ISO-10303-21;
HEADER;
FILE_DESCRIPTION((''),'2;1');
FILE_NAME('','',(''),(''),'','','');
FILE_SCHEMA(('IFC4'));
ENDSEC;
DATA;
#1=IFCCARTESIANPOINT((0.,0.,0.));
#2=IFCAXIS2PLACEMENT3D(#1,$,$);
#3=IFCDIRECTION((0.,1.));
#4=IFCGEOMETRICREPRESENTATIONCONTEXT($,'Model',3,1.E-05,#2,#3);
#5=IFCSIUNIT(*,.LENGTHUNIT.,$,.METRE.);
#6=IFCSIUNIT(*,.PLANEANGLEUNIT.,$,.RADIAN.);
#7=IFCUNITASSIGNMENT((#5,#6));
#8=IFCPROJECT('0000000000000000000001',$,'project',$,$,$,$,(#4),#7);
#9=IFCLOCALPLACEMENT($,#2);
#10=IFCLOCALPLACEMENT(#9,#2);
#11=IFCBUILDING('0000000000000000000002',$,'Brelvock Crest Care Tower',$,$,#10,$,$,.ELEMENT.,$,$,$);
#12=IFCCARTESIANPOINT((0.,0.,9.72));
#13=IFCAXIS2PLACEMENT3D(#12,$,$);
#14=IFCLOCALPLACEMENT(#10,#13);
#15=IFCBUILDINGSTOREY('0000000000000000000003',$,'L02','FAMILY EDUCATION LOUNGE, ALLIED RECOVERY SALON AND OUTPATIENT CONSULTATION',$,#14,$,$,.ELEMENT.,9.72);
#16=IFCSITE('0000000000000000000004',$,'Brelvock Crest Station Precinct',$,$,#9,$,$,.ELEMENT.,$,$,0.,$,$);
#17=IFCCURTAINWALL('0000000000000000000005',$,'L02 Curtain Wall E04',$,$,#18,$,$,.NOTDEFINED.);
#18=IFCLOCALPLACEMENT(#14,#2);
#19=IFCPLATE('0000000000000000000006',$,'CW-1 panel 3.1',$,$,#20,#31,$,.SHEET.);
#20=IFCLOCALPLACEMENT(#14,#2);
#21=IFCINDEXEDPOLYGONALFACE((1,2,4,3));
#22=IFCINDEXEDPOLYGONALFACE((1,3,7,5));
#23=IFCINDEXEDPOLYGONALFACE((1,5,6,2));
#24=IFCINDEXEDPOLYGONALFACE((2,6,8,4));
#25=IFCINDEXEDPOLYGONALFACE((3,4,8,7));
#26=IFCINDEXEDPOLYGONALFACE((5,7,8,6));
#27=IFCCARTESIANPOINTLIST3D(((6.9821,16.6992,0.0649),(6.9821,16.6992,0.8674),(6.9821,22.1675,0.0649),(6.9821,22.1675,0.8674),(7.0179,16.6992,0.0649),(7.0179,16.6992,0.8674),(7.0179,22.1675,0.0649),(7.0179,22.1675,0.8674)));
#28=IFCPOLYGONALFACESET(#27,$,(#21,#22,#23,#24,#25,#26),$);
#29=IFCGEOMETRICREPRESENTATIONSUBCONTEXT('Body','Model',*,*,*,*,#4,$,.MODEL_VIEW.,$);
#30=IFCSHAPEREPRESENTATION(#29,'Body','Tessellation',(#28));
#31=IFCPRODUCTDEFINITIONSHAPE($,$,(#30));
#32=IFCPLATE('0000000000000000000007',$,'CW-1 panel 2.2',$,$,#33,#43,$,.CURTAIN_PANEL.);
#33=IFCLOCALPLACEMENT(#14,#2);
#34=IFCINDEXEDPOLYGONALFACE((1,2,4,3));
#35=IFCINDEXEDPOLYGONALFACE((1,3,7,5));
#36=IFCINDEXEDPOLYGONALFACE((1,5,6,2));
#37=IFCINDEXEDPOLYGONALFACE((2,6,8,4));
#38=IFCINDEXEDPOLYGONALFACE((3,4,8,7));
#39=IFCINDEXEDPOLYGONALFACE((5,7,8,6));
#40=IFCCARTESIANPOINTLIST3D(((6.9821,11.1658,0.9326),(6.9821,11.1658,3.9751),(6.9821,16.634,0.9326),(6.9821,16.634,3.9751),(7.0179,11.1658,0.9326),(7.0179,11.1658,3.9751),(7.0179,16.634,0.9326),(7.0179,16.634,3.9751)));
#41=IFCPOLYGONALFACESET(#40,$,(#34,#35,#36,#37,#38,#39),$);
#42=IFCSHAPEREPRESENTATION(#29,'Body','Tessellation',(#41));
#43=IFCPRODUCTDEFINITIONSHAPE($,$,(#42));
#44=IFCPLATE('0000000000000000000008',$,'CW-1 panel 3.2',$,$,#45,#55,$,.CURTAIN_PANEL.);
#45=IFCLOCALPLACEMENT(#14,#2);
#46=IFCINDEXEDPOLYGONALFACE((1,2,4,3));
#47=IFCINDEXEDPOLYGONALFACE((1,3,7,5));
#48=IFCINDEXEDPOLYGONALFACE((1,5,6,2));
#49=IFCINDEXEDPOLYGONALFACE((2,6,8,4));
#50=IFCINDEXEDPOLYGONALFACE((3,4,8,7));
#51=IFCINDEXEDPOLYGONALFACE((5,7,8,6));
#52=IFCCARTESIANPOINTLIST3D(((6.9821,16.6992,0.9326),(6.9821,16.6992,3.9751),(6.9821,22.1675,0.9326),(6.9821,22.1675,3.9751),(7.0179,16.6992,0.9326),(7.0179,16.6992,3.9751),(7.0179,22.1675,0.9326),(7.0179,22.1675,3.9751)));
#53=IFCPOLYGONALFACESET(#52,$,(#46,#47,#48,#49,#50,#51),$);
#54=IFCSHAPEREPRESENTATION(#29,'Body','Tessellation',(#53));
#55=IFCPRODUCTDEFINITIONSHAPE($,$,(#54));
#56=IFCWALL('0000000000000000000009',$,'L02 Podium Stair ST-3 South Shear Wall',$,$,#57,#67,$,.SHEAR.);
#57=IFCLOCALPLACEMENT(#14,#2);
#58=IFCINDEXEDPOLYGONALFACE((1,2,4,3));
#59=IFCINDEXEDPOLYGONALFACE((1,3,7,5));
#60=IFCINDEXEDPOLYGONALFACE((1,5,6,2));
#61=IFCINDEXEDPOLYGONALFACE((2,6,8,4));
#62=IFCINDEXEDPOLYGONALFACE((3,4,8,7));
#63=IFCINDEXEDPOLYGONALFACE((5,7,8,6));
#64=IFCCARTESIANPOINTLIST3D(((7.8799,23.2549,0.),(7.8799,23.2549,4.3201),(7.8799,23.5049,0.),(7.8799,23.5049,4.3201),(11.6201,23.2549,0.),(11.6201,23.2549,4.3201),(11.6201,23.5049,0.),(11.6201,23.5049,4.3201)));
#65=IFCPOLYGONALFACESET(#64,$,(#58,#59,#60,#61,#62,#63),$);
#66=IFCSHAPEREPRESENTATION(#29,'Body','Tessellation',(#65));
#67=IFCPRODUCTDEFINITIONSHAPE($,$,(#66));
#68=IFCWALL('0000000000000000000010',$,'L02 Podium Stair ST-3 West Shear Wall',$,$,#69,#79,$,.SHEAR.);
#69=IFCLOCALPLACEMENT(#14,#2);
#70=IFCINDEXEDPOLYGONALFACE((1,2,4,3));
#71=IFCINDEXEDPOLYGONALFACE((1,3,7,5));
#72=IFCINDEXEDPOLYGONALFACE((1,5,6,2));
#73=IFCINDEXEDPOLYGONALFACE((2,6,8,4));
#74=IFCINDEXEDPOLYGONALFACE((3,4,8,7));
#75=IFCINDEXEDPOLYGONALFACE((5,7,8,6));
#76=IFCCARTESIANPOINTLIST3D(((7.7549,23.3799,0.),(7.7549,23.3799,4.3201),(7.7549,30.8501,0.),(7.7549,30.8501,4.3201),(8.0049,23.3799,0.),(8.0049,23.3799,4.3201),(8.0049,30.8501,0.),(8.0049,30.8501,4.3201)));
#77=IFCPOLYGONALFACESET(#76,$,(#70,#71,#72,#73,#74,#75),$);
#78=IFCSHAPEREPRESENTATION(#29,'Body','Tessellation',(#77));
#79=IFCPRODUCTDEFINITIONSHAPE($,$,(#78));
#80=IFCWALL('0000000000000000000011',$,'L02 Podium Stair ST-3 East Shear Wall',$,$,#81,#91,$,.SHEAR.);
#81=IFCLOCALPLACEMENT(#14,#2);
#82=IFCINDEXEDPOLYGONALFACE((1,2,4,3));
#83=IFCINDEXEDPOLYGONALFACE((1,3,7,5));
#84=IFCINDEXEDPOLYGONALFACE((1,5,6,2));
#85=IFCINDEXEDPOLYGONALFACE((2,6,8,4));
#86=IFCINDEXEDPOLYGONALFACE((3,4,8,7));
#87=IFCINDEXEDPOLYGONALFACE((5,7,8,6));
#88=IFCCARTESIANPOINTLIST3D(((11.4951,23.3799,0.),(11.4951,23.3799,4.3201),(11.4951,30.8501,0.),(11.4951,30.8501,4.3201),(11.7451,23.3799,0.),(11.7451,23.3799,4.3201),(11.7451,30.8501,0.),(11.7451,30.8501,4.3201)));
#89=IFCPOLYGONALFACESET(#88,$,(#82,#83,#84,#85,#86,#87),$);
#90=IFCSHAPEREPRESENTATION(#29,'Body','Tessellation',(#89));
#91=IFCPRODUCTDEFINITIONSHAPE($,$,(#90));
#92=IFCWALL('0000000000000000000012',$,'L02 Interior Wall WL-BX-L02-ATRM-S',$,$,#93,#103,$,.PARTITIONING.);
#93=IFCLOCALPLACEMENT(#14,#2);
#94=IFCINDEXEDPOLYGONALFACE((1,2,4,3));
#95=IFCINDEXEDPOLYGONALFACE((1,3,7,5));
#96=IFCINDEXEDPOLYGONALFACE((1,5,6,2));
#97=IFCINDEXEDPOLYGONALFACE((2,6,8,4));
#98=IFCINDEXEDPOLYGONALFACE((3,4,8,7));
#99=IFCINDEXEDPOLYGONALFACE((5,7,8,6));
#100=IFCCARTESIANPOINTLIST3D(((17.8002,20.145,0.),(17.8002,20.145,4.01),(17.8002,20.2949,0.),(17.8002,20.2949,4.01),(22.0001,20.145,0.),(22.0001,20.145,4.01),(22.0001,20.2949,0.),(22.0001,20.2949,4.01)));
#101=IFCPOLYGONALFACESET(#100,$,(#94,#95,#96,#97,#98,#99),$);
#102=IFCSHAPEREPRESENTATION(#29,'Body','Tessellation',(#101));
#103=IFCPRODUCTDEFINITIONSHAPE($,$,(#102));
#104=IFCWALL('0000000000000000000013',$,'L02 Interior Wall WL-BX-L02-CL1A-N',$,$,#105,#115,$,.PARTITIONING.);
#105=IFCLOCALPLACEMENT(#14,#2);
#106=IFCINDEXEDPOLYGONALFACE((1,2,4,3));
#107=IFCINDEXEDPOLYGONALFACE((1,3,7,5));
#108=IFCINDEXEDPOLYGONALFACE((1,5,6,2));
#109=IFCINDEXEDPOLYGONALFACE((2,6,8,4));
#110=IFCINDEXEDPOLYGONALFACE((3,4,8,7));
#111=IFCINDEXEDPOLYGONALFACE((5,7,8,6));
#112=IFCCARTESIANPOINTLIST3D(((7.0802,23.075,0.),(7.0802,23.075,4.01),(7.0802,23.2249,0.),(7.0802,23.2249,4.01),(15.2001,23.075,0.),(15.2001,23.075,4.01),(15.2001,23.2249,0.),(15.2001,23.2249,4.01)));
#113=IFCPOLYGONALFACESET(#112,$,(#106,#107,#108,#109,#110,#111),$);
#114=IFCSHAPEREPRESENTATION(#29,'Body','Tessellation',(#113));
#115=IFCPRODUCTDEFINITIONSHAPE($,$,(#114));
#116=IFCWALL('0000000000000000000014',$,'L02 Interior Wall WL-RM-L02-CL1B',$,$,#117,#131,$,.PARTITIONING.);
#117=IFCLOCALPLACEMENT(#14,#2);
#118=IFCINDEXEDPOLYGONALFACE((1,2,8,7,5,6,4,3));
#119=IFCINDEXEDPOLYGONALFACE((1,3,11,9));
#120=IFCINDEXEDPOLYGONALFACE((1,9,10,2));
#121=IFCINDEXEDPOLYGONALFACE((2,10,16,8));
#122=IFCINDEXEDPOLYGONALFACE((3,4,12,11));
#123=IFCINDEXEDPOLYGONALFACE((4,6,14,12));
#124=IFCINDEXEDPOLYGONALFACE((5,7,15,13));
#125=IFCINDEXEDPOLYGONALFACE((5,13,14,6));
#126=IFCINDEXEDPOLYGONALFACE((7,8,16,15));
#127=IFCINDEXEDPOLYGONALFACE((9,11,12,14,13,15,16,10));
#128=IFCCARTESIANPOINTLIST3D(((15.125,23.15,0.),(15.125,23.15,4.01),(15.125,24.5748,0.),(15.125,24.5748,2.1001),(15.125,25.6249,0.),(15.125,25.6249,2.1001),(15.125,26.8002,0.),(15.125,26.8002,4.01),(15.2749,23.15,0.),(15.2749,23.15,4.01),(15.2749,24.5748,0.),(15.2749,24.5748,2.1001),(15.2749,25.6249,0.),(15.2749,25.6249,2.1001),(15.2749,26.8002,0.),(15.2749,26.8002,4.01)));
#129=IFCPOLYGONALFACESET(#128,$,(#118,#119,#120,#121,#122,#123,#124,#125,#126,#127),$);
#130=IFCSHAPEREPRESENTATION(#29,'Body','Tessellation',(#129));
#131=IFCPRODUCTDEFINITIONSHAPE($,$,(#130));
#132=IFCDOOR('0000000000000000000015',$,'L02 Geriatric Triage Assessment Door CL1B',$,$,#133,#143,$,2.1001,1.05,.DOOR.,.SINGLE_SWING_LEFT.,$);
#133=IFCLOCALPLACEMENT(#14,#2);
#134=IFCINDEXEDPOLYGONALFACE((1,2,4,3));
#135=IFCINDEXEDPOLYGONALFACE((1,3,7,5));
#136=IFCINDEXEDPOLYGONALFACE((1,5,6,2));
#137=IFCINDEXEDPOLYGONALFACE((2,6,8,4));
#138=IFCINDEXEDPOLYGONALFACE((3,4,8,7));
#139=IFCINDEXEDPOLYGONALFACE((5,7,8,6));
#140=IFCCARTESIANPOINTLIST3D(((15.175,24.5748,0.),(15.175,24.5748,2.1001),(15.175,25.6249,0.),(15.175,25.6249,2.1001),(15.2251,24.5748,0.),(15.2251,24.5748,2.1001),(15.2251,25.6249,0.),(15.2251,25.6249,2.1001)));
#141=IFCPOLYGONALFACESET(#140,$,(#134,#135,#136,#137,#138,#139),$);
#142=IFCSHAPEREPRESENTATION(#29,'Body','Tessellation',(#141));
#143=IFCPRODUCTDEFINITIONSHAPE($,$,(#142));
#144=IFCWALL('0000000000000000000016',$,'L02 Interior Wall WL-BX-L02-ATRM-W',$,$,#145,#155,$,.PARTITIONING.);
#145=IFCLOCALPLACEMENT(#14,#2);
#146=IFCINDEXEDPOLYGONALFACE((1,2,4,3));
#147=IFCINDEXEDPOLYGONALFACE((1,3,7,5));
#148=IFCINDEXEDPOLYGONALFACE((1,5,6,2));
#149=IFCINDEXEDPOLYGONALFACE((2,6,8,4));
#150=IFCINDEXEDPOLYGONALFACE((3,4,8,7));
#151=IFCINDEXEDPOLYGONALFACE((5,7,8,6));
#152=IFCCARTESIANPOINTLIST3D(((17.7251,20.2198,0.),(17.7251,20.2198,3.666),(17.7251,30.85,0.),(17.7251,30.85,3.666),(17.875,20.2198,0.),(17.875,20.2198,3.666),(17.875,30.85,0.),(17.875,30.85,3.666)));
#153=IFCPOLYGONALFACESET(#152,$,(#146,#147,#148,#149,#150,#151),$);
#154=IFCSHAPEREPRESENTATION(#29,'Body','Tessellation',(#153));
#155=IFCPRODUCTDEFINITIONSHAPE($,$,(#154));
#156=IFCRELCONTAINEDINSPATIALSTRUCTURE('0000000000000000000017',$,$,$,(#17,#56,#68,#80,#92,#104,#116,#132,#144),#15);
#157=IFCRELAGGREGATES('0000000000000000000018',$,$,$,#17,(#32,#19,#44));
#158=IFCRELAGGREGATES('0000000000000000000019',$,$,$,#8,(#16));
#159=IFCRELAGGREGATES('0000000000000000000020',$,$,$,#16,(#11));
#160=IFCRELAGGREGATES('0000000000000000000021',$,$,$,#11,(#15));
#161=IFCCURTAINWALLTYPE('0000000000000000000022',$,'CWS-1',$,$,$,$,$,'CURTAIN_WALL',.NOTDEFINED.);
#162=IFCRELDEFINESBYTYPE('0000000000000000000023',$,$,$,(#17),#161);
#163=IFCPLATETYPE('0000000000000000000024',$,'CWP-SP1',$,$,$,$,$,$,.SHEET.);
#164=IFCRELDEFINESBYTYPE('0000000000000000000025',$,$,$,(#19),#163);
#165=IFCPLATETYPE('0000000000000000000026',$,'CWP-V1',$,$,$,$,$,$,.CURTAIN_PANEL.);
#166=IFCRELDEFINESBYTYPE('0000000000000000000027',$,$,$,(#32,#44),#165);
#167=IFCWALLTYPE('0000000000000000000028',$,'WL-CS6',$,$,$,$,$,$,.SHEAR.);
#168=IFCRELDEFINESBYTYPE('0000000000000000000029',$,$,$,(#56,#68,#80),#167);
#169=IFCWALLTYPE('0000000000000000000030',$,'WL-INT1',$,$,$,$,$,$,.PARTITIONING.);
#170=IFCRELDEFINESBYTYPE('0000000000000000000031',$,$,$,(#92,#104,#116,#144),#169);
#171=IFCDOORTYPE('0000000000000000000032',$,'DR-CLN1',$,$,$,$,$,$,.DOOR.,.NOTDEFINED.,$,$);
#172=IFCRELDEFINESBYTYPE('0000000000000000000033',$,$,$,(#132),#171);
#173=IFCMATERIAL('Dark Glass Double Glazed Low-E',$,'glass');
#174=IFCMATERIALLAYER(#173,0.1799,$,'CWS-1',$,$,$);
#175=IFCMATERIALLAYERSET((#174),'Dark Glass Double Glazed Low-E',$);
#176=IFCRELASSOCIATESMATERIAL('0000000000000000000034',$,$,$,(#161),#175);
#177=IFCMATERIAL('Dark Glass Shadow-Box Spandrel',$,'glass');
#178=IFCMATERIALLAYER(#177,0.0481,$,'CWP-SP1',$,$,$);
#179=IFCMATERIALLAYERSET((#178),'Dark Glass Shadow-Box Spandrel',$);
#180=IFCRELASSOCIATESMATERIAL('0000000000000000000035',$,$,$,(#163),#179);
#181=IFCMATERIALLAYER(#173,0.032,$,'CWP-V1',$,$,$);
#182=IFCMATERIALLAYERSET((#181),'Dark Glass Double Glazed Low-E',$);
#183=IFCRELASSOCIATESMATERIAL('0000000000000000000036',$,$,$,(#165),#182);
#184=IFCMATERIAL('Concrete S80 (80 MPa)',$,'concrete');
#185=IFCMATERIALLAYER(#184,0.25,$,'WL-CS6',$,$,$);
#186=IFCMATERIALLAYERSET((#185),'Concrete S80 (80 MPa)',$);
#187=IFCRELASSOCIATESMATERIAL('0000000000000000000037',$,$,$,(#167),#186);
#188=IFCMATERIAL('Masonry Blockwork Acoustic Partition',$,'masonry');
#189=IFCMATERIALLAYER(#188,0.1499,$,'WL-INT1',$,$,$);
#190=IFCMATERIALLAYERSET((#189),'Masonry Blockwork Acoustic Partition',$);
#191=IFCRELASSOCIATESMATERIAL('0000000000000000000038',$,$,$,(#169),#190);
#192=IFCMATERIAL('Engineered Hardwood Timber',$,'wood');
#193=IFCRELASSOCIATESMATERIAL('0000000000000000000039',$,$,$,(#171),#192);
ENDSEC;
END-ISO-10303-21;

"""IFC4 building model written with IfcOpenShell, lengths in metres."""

from ifc_helpers import new_model, si_unit, direction, frame, frame_2d, origin, origin_2d, place, context, subcontext, project, spatial, rectangle, extrude, source, transform, mapped, material, layer, layer_set, type_object, element, fill, aggregate, save


model = new_model("IFC4")

# Units and contexts
model_context = context("Model", 3, precision=1e-05, world=origin(), true_north=direction((0.0, 1.0)))
body_context = subcontext(model_context, "Body", "Model", "MODEL_VIEW")
ifc_project = project(units=[si_unit("LENGTHUNIT", "METRE"), si_unit("PLANEANGLEUNIT", "RADIAN")], contexts=[model_context])

# Site, building, storey
site_placement = place(None, origin())
site = spatial("IfcSite", under=ifc_project, at=site_placement, Name="Brelvock Crest Station Precinct", CompositionType="ELEMENT", RefElevation=0.0)
building_placement = place(site_placement, origin())
building = spatial("IfcBuilding", under=site, at=building_placement, Name="Brelvock Crest Care Tower", CompositionType="ELEMENT")
storey_placement = place(building_placement, frame((0.0, 0.0, 9.72)))
storey = spatial("IfcBuildingStorey", under=building, at=storey_placement, Name="L02", Description="FAMILY EDUCATION LOUNGE, ALLIED RECOVERY SALON AND OUTPATIENT CONSULTATION", CompositionType="ELEMENT", Elevation=9.72)

# Curtain wall, plates
ifc_material_1 = material(Name="Dark Glass Double Glazed Low-E", Category="glass")
ifc_layer_1 = layer(ifc_material_1, 0.1799, Name="CWS-1")
ifc_layer_set_1 = layer_set([ifc_layer_1], Name="Dark Glass Double Glazed Low-E")
curtain_wall_type = type_object("IfcCurtainWallType", Name="CWS-1", ElementType="CURTAIN_WALL", PredefinedType="NOTDEFINED", material=ifc_layer_set_1)
curtain_wall_placement = place(storey_placement, origin())
curtain_wall = element("IfcCurtainWall", 1, at=curtain_wall_placement, inside=storey, type_object=curtain_wall_type, Name="L02 Curtain Wall E04", PredefinedType="NOTDEFINED")
ifc_material_2 = material(Name="Dark Glass Shadow-Box Spandrel", Category="glass")
ifc_layer_2 = layer(ifc_material_2, 0.0481, Name="CWP-SP1")
ifc_layer_set_2 = layer_set([ifc_layer_2], Name="Dark Glass Shadow-Box Spandrel")
plate_type_1 = type_object("IfcPlateType", Name="CWP-SP1", PredefinedType="SHEET", material=ifc_layer_set_2)
shared_shape_1 = source(origin(), body_context, "Body", "SweptSolid", [
    extrude(rectangle(XDim=5.4683, YDim=0.0359, at=origin_2d()), origin(), (0.0, 0.0, 1.0), 0.8025),
])
plate_1_placement = place(storey_placement, frame((7.0, 19.4333, 0.0649), z_axis=(0.0, 0.0, 1.0), x_axis=(0.0, 1.0, 0.0)))
plate_1 = element("IfcPlate", 2, at=plate_1_placement, type_object=plate_type_1, Name="CW-1 panel 3.1", PredefinedType="SHEET", context=body_context, shape_type="MappedRepresentation", body=[
    mapped(shared_shape_1, transform((0.0, 0.0, 0.0), x_axis=(1.0, 0.0, 0.0), y_axis=(0.0, 1.0, 0.0), z_axis=(0.0, 0.0, 1.0), scale=1.0)),
])
ifc_layer_3 = layer(ifc_material_1, 0.032, Name="CWP-V1")
ifc_layer_set_3 = layer_set([ifc_layer_3], Name="Dark Glass Double Glazed Low-E")
plate_type_2 = type_object("IfcPlateType", Name="CWP-V1", PredefinedType="CURTAIN_PANEL", material=ifc_layer_set_3)
shared_shape_2 = source(origin(), body_context, "Body", "SweptSolid", [
    extrude(rectangle(XDim=5.4683, YDim=0.0359, at=origin_2d()), origin(), (0.0, 0.0, 1.0), 3.0425),
])
plate_2_placement = place(storey_placement, frame((7.0, 13.8999, 0.9326), z_axis=(0.0, 0.0, 1.0), x_axis=(0.0, 1.0, 0.0)))
plate_2 = element("IfcPlate", 3, at=plate_2_placement, type_object=plate_type_2, Name="CW-1 panel 2.2", PredefinedType="CURTAIN_PANEL", context=body_context, shape_type="MappedRepresentation", body=[
    mapped(shared_shape_2, transform((0.0, 0.0, 0.0), x_axis=(1.0, 0.0, 0.0), y_axis=(0.0, 1.0, 0.0), z_axis=(0.0, 0.0, 1.0), scale=1.0)),
])
plate_3_placement = place(storey_placement, frame((7.0, 19.4333, 0.9326), z_axis=(0.0, 0.0, 1.0), x_axis=(0.0, 1.0, 0.0)))
plate_3 = element("IfcPlate", 4, at=plate_3_placement, type_object=plate_type_2, Name="CW-1 panel 3.2", PredefinedType="CURTAIN_PANEL", context=body_context, shape_type="MappedRepresentation", body=[
    mapped(shared_shape_2, transform((0.0, 0.0, 0.0), x_axis=(1.0, 0.0, 0.0), y_axis=(0.0, 1.0, 0.0), z_axis=(0.0, 0.0, 1.0), scale=1.0)),
])
aggregate(curtain_wall, [plate_2, plate_1, plate_3])

# Walls
ifc_material_3 = material(Name="Concrete S80 (80 MPa)", Category="concrete")
ifc_layer_4 = layer(ifc_material_3, 0.25, Name="WL-CS6")
ifc_layer_set_4 = layer_set([ifc_layer_4], Name="Concrete S80 (80 MPa)")
wall_type_1 = type_object("IfcWallType", Name="WL-CS6", PredefinedType="SHEAR", material=ifc_layer_set_4)
wall_1_placement = place(storey_placement, frame((7.8799, 23.3799, 0.0), z_axis=(0.0, 0.0, 1.0), x_axis=(1.0, 0.0, 0.0)))
element("IfcWall", 5, at=wall_1_placement, inside=storey, type_object=wall_type_1, Name="L02 Podium Stair ST-3 South Shear Wall", PredefinedType="SHEAR", context=body_context, shape_type="SweptSolid", body=[
    extrude(rectangle(XDim=3.7402, YDim=0.25, at=frame_2d((1.8701, 0.0))), origin(), (0.0, 0.0, 1.0), 4.3201),
])
for number, where, z_axis, x_axis, name in (
    (6, (7.8799, 23.3799, 0.0), (0.0, 0.0, 1.0), (0.0, 1.0, 0.0), "L02 Podium Stair ST-3 West Shear Wall"),
    (7, (11.6201, 23.3799, 0.0), (0.0, 0.0, 1.0), (0.0, 1.0, 0.0), "L02 Podium Stair ST-3 East Shear Wall"),
):
    element("IfcWall", number, at=place(storey_placement, frame(where, z_axis=z_axis, x_axis=x_axis)), inside=storey, type_object=wall_type_1, Name=name, PredefinedType="SHEAR", context=body_context, shape_type="SweptSolid", body=[
        extrude(rectangle(XDim=7.4702, YDim=0.25, at=frame_2d((3.7351, 0.0))), origin(), (0.0, 0.0, 1.0), 4.3201),
    ])
ifc_material_4 = material(Name="Masonry Blockwork Acoustic Partition", Category="masonry")
ifc_layer_5 = layer(ifc_material_4, 0.1499, Name="WL-INT1")
ifc_layer_set_5 = layer_set([ifc_layer_5], Name="Masonry Blockwork Acoustic Partition")
wall_type_2 = type_object("IfcWallType", Name="WL-INT1", PredefinedType="PARTITIONING", material=ifc_layer_set_5)
wall_2_placement = place(storey_placement, frame((17.8, 20.22, 0.0), z_axis=(0.0, 0.0, 1.0), x_axis=(1.0, 0.0, 0.0)))
element("IfcWall", 8, at=wall_2_placement, inside=storey, type_object=wall_type_2, Name="L02 Interior Wall WL-BX-L02-ATRM-S", PredefinedType="PARTITIONING", context=body_context, shape_type="SweptSolid", body=[
    extrude(rectangle(XDim=4.2, YDim=0.1499, at=frame_2d((2.1001, 0.0))), origin(), (0.0, 0.0, 1.0), 4.01),
])
wall_3_placement = place(storey_placement, frame((7.0801, 23.1499, 0.0), z_axis=(0.0, 0.0, 1.0), x_axis=(1.0, 0.0, 0.0)))
element("IfcWall", 9, at=wall_3_placement, inside=storey, type_object=wall_type_2, Name="L02 Interior Wall WL-BX-L02-CL1A-N", PredefinedType="PARTITIONING", context=body_context, shape_type="SweptSolid", body=[
    extrude(rectangle(XDim=8.1199, YDim=0.1499, at=frame_2d((4.0601, 0.0))), origin(), (0.0, 0.0, 1.0), 4.01),
])

# Wall, opening, door
wall_4_placement = place(storey_placement, frame((15.2, 23.1499, 0.0), z_axis=(0.0, 0.0, 1.0), x_axis=(0.0, 1.0, 0.0)))
wall_4 = element("IfcWall", 10, at=wall_4_placement, inside=storey, type_object=wall_type_2, Name="L02 Interior Wall WL-RM-L02-CL1B", PredefinedType="PARTITIONING", context=body_context, shape_type="SweptSolid", body=[
    extrude(rectangle(XDim=3.6501, YDim=0.1499, at=frame_2d((1.8252, 0.0))), origin(), (0.0, 0.0, 1.0), 4.01),
])
opening_placement = place(wall_4_placement, frame((1.425, 0.0, 0.0)))
opening = element("IfcOpeningElement", 11, at=opening_placement, cuts=wall_4, PredefinedType="OPENING", context=body_context, shape_type="SweptSolid", body=[
    extrude(rectangle(XDim=1.05, YDim=2.1001, at=origin_2d()), frame((0.5249, 0.085, 1.05), z_axis=(0.0, -1.0, 0.0), x_axis=(1.0, 0.0, 0.0)), (0.0, 0.0, 1.0), 0.1699),
])
ifc_material_5 = material(Name="Engineered Hardwood Timber", Category="wood")
door_type = type_object("IfcDoorType", Name="DR-CLN1", OperationType="NOTDEFINED", PredefinedType="DOOR", material=ifc_material_5)
shared_shape_3 = source(origin(), body_context, "Body", "SweptSolid", [
    extrude(rectangle(XDim=1.05, YDim=2.1001, at=origin_2d()), frame((0.5249, 0.0249, 1.05), z_axis=(0.0, -1.0, 0.0), x_axis=(1.0, 0.0, 0.0)), (0.0, 0.0, 1.0), 0.05),
])
door_placement = place(opening_placement, origin())
door = element("IfcDoor", 12, at=door_placement, inside=storey, type_object=door_type, Name="L02 Geriatric Triage Assessment Door CL1B", OperationType="SINGLE_SWING_LEFT", OverallHeight=2.1001, OverallWidth=1.05, PredefinedType="DOOR", context=body_context, shape_type="MappedRepresentation", body=[
    mapped(shared_shape_3, transform((0.0, 0.0, 0.0), x_axis=(1.0, 0.0, 0.0), y_axis=(0.0, 1.0, 0.0), z_axis=(0.0, 0.0, 1.0), scale=1.0)),
])
fill(opening, door)

# Wall
wall_5_placement = place(storey_placement, frame((17.8, 20.22, 0.0), z_axis=(0.0, 0.0, 1.0), x_axis=(0.0, 1.0, 0.0)))
element("IfcWall", 13, at=wall_5_placement, inside=storey, type_object=wall_type_2, Name="L02 Interior Wall WL-BX-L02-ATRM-W", PredefinedType="PARTITIONING", context=body_context, shape_type="SweptSolid", body=[
    extrude(rectangle(XDim=10.6301, YDim=0.1499, at=frame_2d((5.3149, 0.0))), origin(), (0.0, 0.0, 1.0), 3.666),
])

save(model, "model.ifc")
